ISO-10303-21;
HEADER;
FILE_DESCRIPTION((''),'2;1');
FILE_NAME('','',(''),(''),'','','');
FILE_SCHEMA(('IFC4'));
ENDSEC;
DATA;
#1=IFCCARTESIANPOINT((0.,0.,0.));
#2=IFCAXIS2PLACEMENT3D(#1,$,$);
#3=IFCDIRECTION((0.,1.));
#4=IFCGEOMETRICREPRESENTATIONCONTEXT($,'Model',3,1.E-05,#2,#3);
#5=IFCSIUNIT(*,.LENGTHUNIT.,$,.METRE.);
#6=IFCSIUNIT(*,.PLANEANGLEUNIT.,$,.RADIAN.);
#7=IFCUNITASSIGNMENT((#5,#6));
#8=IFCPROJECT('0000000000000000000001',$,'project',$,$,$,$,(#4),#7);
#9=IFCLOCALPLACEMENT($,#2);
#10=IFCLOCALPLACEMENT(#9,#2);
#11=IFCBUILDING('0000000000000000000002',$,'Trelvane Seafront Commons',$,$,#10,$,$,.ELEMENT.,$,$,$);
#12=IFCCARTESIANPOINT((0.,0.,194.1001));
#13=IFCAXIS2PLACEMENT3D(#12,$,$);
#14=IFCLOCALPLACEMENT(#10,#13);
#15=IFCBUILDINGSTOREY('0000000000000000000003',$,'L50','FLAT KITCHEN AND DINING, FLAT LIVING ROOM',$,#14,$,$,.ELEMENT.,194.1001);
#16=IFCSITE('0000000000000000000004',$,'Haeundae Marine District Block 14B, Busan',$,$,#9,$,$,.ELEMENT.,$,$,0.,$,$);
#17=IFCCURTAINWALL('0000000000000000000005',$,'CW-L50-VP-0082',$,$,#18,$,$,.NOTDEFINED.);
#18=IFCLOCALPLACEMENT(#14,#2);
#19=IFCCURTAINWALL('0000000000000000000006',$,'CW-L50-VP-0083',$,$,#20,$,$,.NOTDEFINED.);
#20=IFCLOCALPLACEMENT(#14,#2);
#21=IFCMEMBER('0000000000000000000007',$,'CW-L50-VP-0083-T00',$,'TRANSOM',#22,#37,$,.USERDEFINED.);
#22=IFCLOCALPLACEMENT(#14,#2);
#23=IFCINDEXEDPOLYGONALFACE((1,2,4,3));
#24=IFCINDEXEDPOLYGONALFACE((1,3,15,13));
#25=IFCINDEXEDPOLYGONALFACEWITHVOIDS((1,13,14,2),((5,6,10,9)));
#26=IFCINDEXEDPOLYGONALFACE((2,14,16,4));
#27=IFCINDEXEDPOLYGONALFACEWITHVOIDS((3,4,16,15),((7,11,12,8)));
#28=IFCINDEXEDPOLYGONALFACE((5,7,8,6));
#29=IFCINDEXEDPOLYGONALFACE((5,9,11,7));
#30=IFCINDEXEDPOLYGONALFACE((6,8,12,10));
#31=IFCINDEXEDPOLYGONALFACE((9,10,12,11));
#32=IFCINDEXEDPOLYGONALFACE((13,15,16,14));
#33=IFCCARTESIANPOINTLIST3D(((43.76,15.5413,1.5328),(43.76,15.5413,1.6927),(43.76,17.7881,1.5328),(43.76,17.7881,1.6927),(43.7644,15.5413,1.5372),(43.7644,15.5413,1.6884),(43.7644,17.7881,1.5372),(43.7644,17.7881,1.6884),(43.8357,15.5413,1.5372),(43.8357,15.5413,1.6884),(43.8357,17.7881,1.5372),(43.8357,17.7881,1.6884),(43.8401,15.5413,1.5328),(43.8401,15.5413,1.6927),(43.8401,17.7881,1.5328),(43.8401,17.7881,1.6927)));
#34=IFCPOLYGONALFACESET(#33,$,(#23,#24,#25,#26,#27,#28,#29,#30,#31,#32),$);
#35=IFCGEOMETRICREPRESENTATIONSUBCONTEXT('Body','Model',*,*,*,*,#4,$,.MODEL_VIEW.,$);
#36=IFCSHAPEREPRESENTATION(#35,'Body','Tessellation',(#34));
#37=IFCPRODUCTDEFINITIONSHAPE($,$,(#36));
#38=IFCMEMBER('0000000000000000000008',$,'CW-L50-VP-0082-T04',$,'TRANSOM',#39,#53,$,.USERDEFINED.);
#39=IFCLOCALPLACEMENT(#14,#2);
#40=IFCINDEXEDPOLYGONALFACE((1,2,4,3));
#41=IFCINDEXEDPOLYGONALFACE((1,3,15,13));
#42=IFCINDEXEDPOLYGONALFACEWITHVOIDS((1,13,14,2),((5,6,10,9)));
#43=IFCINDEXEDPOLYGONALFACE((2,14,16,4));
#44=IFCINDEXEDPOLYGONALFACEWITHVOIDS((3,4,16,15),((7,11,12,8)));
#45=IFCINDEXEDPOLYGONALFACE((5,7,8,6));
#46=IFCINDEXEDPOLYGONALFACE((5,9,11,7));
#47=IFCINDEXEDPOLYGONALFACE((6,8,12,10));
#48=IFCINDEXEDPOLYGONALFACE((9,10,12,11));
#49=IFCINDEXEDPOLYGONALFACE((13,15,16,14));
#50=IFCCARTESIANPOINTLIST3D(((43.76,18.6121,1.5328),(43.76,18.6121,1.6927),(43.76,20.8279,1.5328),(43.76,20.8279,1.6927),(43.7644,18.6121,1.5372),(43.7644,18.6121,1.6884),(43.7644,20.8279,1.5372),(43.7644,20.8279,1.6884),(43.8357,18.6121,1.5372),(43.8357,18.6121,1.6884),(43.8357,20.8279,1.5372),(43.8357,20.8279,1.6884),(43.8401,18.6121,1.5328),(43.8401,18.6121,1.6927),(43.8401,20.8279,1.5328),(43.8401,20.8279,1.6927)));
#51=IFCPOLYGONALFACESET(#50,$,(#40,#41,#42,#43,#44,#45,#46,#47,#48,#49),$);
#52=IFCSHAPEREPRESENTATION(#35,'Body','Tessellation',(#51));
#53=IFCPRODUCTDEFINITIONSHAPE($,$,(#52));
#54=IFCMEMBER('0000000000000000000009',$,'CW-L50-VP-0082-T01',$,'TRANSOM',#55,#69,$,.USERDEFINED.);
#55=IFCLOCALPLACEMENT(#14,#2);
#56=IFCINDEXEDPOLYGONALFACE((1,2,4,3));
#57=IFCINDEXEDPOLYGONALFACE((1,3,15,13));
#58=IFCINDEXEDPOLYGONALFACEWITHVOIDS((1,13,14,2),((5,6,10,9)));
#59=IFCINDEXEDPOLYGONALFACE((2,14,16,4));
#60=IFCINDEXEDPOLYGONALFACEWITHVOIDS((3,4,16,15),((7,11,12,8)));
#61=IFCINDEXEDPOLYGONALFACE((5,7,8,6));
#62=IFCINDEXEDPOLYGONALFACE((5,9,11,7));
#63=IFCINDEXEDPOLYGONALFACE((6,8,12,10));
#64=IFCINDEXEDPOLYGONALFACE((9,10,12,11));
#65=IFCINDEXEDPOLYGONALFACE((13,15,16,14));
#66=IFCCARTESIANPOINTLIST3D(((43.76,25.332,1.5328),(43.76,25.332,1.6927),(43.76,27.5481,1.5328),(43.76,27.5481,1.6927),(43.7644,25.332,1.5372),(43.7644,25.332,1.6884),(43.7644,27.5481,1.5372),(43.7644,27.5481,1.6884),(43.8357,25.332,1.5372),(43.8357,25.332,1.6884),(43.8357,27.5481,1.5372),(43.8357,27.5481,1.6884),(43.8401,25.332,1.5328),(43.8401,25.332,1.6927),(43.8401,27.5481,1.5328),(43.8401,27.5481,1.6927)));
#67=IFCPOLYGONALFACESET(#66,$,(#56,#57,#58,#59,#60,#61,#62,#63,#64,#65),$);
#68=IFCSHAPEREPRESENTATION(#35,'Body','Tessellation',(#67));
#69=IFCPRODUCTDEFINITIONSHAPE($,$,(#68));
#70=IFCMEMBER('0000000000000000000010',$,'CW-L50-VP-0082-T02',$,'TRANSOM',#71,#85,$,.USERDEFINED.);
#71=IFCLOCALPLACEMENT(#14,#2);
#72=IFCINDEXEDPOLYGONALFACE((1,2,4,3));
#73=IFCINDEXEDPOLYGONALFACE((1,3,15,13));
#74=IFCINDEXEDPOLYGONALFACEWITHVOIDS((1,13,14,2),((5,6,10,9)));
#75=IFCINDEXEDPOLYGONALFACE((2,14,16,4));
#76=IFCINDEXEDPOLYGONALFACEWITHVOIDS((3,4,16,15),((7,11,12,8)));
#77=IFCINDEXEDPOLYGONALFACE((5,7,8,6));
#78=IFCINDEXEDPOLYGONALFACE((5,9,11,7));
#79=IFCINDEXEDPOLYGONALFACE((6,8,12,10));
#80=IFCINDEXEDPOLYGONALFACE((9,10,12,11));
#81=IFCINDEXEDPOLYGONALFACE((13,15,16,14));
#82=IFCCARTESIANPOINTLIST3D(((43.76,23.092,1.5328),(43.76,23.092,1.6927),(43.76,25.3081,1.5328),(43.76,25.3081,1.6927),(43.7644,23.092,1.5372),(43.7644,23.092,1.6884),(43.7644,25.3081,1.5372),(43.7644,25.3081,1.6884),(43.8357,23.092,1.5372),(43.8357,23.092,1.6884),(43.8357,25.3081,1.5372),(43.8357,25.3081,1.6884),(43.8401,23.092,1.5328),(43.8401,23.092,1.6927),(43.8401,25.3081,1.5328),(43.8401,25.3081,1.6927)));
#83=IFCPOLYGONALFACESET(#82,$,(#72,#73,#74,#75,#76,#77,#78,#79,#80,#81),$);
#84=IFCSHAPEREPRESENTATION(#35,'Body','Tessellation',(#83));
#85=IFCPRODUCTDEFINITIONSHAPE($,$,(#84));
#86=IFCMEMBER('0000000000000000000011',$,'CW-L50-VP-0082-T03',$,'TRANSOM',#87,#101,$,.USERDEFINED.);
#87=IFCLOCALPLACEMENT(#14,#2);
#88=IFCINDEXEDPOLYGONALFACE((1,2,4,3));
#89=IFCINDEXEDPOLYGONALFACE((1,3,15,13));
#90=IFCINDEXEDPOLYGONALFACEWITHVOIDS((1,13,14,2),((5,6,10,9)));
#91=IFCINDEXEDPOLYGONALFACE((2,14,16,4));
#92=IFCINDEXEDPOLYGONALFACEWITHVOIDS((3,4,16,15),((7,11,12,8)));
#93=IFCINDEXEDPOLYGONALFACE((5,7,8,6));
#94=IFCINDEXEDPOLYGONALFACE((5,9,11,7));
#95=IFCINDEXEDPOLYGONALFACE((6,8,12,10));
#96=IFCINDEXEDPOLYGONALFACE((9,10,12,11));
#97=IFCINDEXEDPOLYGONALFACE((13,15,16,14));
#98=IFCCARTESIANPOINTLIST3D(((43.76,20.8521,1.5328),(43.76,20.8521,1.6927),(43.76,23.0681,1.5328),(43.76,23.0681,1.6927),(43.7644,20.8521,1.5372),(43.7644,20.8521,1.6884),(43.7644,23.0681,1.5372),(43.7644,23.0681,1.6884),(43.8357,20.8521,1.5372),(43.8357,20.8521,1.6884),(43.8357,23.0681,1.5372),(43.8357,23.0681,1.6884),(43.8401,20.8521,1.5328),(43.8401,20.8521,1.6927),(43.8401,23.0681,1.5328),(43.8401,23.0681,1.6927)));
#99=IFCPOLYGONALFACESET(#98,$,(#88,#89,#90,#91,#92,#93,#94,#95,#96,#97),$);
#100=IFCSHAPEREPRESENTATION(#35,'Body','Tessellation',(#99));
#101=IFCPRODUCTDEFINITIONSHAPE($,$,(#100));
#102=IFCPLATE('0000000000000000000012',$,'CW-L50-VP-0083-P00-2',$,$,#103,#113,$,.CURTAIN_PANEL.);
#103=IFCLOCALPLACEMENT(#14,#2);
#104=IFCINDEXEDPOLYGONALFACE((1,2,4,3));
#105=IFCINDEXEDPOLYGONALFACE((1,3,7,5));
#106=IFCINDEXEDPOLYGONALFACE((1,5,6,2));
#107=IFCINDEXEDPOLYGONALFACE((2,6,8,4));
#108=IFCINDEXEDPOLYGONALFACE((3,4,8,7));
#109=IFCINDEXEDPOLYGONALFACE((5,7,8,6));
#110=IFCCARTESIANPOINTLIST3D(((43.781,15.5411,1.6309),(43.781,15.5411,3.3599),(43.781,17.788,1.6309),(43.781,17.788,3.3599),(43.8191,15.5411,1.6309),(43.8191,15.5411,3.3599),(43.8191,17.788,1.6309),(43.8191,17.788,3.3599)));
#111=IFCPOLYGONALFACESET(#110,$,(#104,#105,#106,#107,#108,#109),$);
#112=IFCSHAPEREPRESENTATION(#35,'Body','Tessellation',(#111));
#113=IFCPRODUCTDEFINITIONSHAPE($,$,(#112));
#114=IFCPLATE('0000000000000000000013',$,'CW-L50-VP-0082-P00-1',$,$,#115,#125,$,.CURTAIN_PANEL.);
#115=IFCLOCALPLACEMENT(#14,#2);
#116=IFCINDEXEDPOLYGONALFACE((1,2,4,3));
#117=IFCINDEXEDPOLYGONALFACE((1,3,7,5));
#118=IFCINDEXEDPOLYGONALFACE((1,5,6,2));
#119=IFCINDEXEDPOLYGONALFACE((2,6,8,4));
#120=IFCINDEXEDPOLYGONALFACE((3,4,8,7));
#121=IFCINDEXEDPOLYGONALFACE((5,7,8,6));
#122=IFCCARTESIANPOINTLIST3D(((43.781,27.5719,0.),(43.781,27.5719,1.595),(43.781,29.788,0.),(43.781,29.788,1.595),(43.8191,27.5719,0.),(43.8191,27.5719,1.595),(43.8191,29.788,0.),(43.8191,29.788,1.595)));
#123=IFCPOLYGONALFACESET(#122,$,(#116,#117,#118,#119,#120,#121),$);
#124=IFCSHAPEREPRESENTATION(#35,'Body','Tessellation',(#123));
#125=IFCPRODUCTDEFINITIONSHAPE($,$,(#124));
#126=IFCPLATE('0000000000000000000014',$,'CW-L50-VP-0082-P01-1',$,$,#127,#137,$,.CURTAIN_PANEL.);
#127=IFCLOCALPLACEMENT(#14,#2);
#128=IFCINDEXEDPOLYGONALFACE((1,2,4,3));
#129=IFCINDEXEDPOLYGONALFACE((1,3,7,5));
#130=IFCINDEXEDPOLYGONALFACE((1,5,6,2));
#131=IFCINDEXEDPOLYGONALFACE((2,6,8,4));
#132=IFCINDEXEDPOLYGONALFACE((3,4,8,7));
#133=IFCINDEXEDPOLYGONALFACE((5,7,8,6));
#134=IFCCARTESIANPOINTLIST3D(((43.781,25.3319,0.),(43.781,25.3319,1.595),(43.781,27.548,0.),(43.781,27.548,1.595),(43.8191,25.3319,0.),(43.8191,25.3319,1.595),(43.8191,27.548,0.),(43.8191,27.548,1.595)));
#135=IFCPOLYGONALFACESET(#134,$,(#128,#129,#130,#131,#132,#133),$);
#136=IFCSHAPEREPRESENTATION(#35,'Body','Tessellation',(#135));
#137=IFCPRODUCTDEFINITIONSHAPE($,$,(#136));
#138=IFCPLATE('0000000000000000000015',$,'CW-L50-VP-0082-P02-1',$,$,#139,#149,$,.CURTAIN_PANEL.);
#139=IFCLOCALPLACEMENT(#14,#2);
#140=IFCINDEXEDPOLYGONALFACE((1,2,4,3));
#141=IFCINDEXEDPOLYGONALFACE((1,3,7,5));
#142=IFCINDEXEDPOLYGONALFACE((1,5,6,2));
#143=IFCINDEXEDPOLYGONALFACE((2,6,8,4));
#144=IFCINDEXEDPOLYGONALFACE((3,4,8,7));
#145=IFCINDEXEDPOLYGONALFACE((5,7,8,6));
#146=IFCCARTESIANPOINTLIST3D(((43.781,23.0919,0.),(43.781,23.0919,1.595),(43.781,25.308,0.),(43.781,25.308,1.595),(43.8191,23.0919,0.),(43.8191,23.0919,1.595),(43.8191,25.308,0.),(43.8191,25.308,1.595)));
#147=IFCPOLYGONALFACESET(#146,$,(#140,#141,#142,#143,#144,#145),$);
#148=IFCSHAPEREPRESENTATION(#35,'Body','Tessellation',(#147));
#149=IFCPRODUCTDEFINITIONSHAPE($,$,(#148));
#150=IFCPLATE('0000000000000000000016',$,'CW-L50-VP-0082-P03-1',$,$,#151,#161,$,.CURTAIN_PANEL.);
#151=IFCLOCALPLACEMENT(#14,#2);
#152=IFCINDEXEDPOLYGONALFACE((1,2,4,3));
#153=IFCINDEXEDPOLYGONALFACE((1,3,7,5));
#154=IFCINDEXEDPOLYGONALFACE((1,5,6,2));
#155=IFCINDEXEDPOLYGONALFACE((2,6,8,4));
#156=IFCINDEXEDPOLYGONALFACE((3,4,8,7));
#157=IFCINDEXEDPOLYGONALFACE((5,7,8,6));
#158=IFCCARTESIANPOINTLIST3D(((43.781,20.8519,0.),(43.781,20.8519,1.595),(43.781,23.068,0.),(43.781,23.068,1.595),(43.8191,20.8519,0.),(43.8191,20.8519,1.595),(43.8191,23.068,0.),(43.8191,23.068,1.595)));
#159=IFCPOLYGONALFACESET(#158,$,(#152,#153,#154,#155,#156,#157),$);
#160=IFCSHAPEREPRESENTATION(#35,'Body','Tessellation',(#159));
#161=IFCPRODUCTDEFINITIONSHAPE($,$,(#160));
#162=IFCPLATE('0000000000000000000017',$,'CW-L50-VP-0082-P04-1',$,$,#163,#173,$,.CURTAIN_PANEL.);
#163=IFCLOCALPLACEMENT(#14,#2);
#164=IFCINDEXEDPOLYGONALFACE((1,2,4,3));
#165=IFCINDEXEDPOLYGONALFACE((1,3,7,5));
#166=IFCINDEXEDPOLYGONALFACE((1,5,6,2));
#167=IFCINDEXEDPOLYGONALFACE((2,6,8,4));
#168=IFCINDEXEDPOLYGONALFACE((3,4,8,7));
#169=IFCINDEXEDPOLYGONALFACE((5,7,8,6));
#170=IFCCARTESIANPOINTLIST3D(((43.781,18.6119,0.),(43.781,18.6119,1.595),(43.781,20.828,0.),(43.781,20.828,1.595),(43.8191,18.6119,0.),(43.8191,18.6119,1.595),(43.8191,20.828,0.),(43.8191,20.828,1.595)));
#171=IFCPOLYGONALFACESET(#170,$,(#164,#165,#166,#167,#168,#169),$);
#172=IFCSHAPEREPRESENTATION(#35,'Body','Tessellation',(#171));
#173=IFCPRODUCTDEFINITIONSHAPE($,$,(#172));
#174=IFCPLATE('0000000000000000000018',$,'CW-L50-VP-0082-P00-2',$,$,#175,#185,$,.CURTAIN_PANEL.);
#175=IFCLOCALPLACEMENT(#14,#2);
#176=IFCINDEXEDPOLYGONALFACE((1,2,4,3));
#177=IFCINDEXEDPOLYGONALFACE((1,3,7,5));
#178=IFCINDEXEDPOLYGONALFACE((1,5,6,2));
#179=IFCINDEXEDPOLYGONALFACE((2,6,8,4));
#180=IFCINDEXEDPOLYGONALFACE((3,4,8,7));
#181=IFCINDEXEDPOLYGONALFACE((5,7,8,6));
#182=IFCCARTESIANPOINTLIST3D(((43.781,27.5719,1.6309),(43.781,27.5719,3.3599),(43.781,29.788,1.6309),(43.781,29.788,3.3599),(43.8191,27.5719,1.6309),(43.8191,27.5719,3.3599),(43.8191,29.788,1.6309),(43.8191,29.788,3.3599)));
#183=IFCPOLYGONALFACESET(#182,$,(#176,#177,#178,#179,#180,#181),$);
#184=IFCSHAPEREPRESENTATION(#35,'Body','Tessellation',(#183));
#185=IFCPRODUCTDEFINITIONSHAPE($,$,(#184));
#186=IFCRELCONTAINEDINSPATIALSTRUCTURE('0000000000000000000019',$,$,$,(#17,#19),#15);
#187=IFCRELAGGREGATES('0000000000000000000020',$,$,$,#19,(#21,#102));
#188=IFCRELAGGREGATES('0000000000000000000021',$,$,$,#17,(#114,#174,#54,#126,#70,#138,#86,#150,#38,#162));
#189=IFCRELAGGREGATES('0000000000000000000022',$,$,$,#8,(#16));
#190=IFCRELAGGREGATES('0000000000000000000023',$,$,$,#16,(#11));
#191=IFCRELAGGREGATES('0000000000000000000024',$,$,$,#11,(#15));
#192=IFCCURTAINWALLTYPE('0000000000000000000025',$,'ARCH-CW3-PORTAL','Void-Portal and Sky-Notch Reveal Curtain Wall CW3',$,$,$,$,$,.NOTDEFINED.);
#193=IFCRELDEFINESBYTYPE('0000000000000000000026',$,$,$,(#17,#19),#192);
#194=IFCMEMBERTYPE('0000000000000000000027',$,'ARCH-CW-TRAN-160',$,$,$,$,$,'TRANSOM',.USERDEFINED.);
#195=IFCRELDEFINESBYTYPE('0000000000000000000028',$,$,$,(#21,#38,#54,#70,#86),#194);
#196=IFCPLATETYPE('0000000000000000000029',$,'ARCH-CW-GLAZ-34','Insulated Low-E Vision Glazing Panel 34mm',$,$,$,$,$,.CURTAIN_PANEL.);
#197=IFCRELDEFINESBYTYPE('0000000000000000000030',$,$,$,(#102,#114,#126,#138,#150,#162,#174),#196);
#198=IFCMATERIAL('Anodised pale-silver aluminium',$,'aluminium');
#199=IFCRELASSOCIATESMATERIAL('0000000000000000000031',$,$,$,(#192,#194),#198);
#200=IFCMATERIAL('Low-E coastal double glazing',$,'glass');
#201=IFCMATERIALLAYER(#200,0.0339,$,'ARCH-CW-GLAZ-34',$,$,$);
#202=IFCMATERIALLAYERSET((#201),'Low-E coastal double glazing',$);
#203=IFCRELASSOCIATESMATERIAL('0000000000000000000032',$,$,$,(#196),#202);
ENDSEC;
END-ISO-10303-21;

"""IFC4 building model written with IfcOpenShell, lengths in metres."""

from ifc_helpers import new_model, si_unit, direction, frame, origin, origin_2d, place, context, subcontext, project, spatial, rectangle, hollow_rectangle, extrude, source, transform, mapped, material, layer, layer_set, material_profile, profile_set, type_object, element, aggregate, save


model = new_model("IFC4")

# Units and contexts
model_context = context("Model", 3, precision=1e-05, world=origin(), true_north=direction((0.0, 1.0)))
body_context = subcontext(model_context, "Body", "Model", "MODEL_VIEW")
ifc_project = project(units=[si_unit("LENGTHUNIT", "METRE"), si_unit("PLANEANGLEUNIT", "RADIAN")], contexts=[model_context])

# Site, building, storey
site_placement = place(None, origin())
site = spatial("IfcSite", under=ifc_project, at=site_placement, Name="Haeundae Marine District Block 14B, Busan", CompositionType="ELEMENT", RefElevation=0.0)
building_placement = place(site_placement, origin())
building = spatial("IfcBuilding", under=site, at=building_placement, Name="Trelvane Seafront Commons", CompositionType="ELEMENT")
storey_placement = place(building_placement, frame((0.0, 0.0, 194.1001)))
storey = spatial("IfcBuildingStorey", under=building, at=storey_placement, Name="L50", Description="FLAT KITCHEN AND DINING, FLAT LIVING ROOM", CompositionType="ELEMENT", Elevation=194.1001)

# Shared definitions
ifc_material_1 = material(Name="Anodised pale-silver aluminium", Category="aluminium")
curtain_wall_type = type_object("IfcCurtainWallType", Name="ARCH-CW3-PORTAL", Description="Void-Portal and Sky-Notch Reveal Curtain Wall CW3", PredefinedType="NOTDEFINED", material=ifc_material_1)

# Curtain walls, member
curtain_wall_1_placement = place(storey_placement, origin())
curtain_wall_1 = element("IfcCurtainWall", 1, at=curtain_wall_1_placement, inside=storey, type_object=curtain_wall_type, Name="CW-L50-VP-0082", PredefinedType="NOTDEFINED")
curtain_wall_2_placement = place(storey_placement, origin())
curtain_wall_2 = element("IfcCurtainWall", 2, at=curtain_wall_2_placement, inside=storey, type_object=curtain_wall_type, Name="CW-L50-VP-0083", PredefinedType="NOTDEFINED")
ifc_material_profile_1 = material_profile(ifc_material_1, hollow_rectangle(XDim=0.0801, YDim=0.1599, WallThickness=0.0044, at=origin_2d()), Name="TRAN-80x160x4.5")
ifc_profile_set_1 = profile_set([ifc_material_profile_1], Name="Anodised pale-silver aluminium")
member_type_1 = type_object("IfcMemberType", Name="ARCH-CW-TRAN-160", ElementType="TRANSOM", PredefinedType="USERDEFINED", material=ifc_profile_set_1)
shared_shape_1 = source(origin(), body_context, "Body", "SweptSolid", [
    extrude(hollow_rectangle(XDim=0.0801, YDim=0.1599, WallThickness=0.0044, at=origin_2d()), origin(), (0.0, 0.0, 1.0), 2.2468),
])
member_1_placement = place(storey_placement, frame((43.8, 17.7881, 1.6128), z_axis=(0.0, -1.0, 0.0), x_axis=(1.0, 0.0, 0.0)))
member_1 = element("IfcMember", 3, at=member_1_placement, type_object=member_type_1, Name="CW-L50-VP-0083-T00", ObjectType="TRANSOM", PredefinedType="USERDEFINED", context=body_context, shape_type="MappedRepresentation", body=[
    mapped(shared_shape_1, transform((0.0, 0.0, 0.0), x_axis=(1.0, 0.0, 0.0), y_axis=(0.0, 1.0, 0.0), z_axis=(0.0, 0.0, 1.0), scale=1.0)),
])

# Members
shared_shape_2 = source(origin(), body_context, "Body", "SweptSolid", [
    extrude(hollow_rectangle(XDim=0.0801, YDim=0.1599, WallThickness=0.0044, at=origin_2d()), origin(), (0.0, 0.0, 1.0), 2.2158),
])
member_2_placement = place(storey_placement, frame((43.8, 20.8279, 1.6128), z_axis=(0.0, -1.0, 0.0), x_axis=(1.0, 0.0, 0.0)))
member_2 = element("IfcMember", 4, at=member_2_placement, type_object=member_type_1, Name="CW-L50-VP-0082-T04", ObjectType="TRANSOM", PredefinedType="USERDEFINED", context=body_context, shape_type="MappedRepresentation", body=[
    mapped(shared_shape_2, transform((0.0, 0.0, 0.0), x_axis=(1.0, 0.0, 0.0), y_axis=(0.0, 1.0, 0.0), z_axis=(0.0, 0.0, 1.0), scale=1.0)),
])
shared_shape_3 = source(origin(), body_context, "Body", "SweptSolid", [
    extrude(hollow_rectangle(XDim=0.0801, YDim=0.1599, WallThickness=0.0044, at=origin_2d()), origin(), (0.0, 0.0, 1.0), 2.2161),
])
member_3_placement = place(storey_placement, frame((43.8, 27.5481, 1.6128), z_axis=(0.0, -1.0, 0.0), x_axis=(1.0, 0.0, 0.0)))
member_3 = element("IfcMember", 5, at=member_3_placement, type_object=member_type_1, Name="CW-L50-VP-0082-T01", ObjectType="TRANSOM", PredefinedType="USERDEFINED", context=body_context, shape_type="MappedRepresentation", body=[
    mapped(shared_shape_3, transform((0.0, 0.0, 0.0), x_axis=(1.0, 0.0, 0.0), y_axis=(0.0, 1.0, 0.0), z_axis=(0.0, 0.0, 1.0), scale=1.0)),
])
member_4_placement = place(storey_placement, frame((43.8, 25.3081, 1.6128), z_axis=(0.0, -1.0, 0.0), x_axis=(1.0, 0.0, 0.0)))
member_4 = element("IfcMember", 6, at=member_4_placement, type_object=member_type_1, Name="CW-L50-VP-0082-T02", ObjectType="TRANSOM", PredefinedType="USERDEFINED", context=body_context, shape_type="MappedRepresentation", body=[
    mapped(shared_shape_3, transform((0.0, 0.0, 0.0), x_axis=(1.0, 0.0, 0.0), y_axis=(0.0, 1.0, 0.0), z_axis=(0.0, 0.0, 1.0), scale=1.0)),
])
member_5_placement = place(storey_placement, frame((43.8, 23.0681, 1.6128), z_axis=(0.0, -1.0, 0.0), x_axis=(1.0, 0.0, 0.0)))
member_5 = element("IfcMember", 7, at=member_5_placement, type_object=member_type_1, Name="CW-L50-VP-0082-T03", ObjectType="TRANSOM", PredefinedType="USERDEFINED", context=body_context, shape_type="MappedRepresentation", body=[
    mapped(shared_shape_3, transform((0.0, 0.0, 0.0), x_axis=(1.0, 0.0, 0.0), y_axis=(0.0, 1.0, 0.0), z_axis=(0.0, 0.0, 1.0), scale=1.0)),
])

# Plates
ifc_material_2 = material(Name="Low-E coastal double glazing", Category="glass")
ifc_layer_1 = layer(ifc_material_2, 0.0339, Name="ARCH-CW-GLAZ-34")
ifc_layer_set_1 = layer_set([ifc_layer_1], Name="Low-E coastal double glazing")
plate_type = type_object("IfcPlateType", Name="ARCH-CW-GLAZ-34", Description="Insulated Low-E Vision Glazing Panel 34mm", PredefinedType="CURTAIN_PANEL", material=ifc_layer_set_1)
shared_shape_4 = source(origin(), body_context, "Body", "SweptSolid", [
    extrude(rectangle(XDim=2.2468, YDim=0.0381, at=origin_2d()), origin(), (0.0, 0.0, 1.0), 1.729),
])
plate_1_placement = place(storey_placement, frame((43.8, 16.6646, 1.6309), z_axis=(0.0, 0.0, 1.0), x_axis=(0.0, -1.0, 0.0)))
plate_1 = element("IfcPlate", 8, at=plate_1_placement, type_object=plate_type, Name="CW-L50-VP-0083-P00-2", PredefinedType="CURTAIN_PANEL", context=body_context, shape_type="MappedRepresentation", body=[
    mapped(shared_shape_4, transform((0.0, 0.0, 0.0), x_axis=(1.0, 0.0, 0.0), y_axis=(0.0, 1.0, 0.0), z_axis=(0.0, 0.0, 1.0), scale=1.0)),
])
aggregate(curtain_wall_2, [member_1, plate_1])
shared_shape_5 = source(origin(), body_context, "Body", "SweptSolid", [
    extrude(rectangle(XDim=2.2161, YDim=0.0381, at=origin_2d()), origin(), (0.0, 0.0, 1.0), 1.595),
])
plate_2_placement = place(storey_placement, frame((43.8, 28.6799, 0.0), z_axis=(0.0, 0.0, 1.0), x_axis=(0.0, -1.0, 0.0)))
plate_2 = element("IfcPlate", 9, at=plate_2_placement, type_object=plate_type, Name="CW-L50-VP-0082-P00-1", PredefinedType="CURTAIN_PANEL", context=body_context, shape_type="MappedRepresentation", body=[
    mapped(shared_shape_5, transform((0.0, 0.0, 0.0), x_axis=(1.0, 0.0, 0.0), y_axis=(0.0, 1.0, 0.0), z_axis=(0.0, 0.0, 1.0), scale=1.0)),
])
plate_3_placement = place(storey_placement, frame((43.8, 26.4399, 0.0), z_axis=(0.0, 0.0, 1.0), x_axis=(0.0, -1.0, 0.0)))
plate_3 = element("IfcPlate", 10, at=plate_3_placement, type_object=plate_type, Name="CW-L50-VP-0082-P01-1", PredefinedType="CURTAIN_PANEL", context=body_context, shape_type="MappedRepresentation", body=[
    mapped(shared_shape_5, transform((0.0, 0.0, 0.0), x_axis=(1.0, 0.0, 0.0), y_axis=(0.0, 1.0, 0.0), z_axis=(0.0, 0.0, 1.0), scale=1.0)),
])
plate_4_placement = place(storey_placement, frame((43.8, 24.2, 0.0), z_axis=(0.0, 0.0, 1.0), x_axis=(0.0, -1.0, 0.0)))
plate_4 = element("IfcPlate", 11, at=plate_4_placement, type_object=plate_type, Name="CW-L50-VP-0082-P02-1", PredefinedType="CURTAIN_PANEL", context=body_context, shape_type="MappedRepresentation", body=[
    mapped(shared_shape_5, transform((0.0, 0.0, 0.0), x_axis=(1.0, 0.0, 0.0), y_axis=(0.0, 1.0, 0.0), z_axis=(0.0, 0.0, 1.0), scale=1.0)),
])
plate_5_placement = place(storey_placement, frame((43.8, 21.96, 0.0), z_axis=(0.0, 0.0, 1.0), x_axis=(0.0, -1.0, 0.0)))
plate_5 = element("IfcPlate", 12, at=plate_5_placement, type_object=plate_type, Name="CW-L50-VP-0082-P03-1", PredefinedType="CURTAIN_PANEL", context=body_context, shape_type="MappedRepresentation", body=[
    mapped(shared_shape_5, transform((0.0, 0.0, 0.0), x_axis=(1.0, 0.0, 0.0), y_axis=(0.0, 1.0, 0.0), z_axis=(0.0, 0.0, 1.0), scale=1.0)),
])
plate_6_placement = place(storey_placement, frame((43.8, 19.72, 0.0), z_axis=(0.0, 0.0, 1.0), x_axis=(0.0, -1.0, 0.0)))
plate_6 = element("IfcPlate", 13, at=plate_6_placement, type_object=plate_type, Name="CW-L50-VP-0082-P04-1", PredefinedType="CURTAIN_PANEL", context=body_context, shape_type="MappedRepresentation", body=[
    mapped(shared_shape_5, transform((0.0, 0.0, 0.0), x_axis=(1.0, 0.0, 0.0), y_axis=(0.0, 1.0, 0.0), z_axis=(0.0, 0.0, 1.0), scale=1.0)),
])
shared_shape_6 = source(origin(), body_context, "Body", "SweptSolid", [
    extrude(rectangle(XDim=2.2161, YDim=0.0381, at=origin_2d()), origin(), (0.0, 0.0, 1.0), 1.729),
])
plate_7_placement = place(storey_placement, frame((43.8, 28.6799, 1.6309), z_axis=(0.0, 0.0, 1.0), x_axis=(0.0, -1.0, 0.0)))
plate_7 = element("IfcPlate", 14, at=plate_7_placement, type_object=plate_type, Name="CW-L50-VP-0082-P00-2", PredefinedType="CURTAIN_PANEL", context=body_context, shape_type="MappedRepresentation", body=[
    mapped(shared_shape_6, transform((0.0, 0.0, 0.0), x_axis=(1.0, 0.0, 0.0), y_axis=(0.0, 1.0, 0.0), z_axis=(0.0, 0.0, 1.0), scale=1.0)),
])
aggregate(curtain_wall_1, [plate_2, plate_7, member_3, plate_3, member_4, plate_4, member_5, plate_5, member_2, plate_6])

save(model, "model.ifc")
